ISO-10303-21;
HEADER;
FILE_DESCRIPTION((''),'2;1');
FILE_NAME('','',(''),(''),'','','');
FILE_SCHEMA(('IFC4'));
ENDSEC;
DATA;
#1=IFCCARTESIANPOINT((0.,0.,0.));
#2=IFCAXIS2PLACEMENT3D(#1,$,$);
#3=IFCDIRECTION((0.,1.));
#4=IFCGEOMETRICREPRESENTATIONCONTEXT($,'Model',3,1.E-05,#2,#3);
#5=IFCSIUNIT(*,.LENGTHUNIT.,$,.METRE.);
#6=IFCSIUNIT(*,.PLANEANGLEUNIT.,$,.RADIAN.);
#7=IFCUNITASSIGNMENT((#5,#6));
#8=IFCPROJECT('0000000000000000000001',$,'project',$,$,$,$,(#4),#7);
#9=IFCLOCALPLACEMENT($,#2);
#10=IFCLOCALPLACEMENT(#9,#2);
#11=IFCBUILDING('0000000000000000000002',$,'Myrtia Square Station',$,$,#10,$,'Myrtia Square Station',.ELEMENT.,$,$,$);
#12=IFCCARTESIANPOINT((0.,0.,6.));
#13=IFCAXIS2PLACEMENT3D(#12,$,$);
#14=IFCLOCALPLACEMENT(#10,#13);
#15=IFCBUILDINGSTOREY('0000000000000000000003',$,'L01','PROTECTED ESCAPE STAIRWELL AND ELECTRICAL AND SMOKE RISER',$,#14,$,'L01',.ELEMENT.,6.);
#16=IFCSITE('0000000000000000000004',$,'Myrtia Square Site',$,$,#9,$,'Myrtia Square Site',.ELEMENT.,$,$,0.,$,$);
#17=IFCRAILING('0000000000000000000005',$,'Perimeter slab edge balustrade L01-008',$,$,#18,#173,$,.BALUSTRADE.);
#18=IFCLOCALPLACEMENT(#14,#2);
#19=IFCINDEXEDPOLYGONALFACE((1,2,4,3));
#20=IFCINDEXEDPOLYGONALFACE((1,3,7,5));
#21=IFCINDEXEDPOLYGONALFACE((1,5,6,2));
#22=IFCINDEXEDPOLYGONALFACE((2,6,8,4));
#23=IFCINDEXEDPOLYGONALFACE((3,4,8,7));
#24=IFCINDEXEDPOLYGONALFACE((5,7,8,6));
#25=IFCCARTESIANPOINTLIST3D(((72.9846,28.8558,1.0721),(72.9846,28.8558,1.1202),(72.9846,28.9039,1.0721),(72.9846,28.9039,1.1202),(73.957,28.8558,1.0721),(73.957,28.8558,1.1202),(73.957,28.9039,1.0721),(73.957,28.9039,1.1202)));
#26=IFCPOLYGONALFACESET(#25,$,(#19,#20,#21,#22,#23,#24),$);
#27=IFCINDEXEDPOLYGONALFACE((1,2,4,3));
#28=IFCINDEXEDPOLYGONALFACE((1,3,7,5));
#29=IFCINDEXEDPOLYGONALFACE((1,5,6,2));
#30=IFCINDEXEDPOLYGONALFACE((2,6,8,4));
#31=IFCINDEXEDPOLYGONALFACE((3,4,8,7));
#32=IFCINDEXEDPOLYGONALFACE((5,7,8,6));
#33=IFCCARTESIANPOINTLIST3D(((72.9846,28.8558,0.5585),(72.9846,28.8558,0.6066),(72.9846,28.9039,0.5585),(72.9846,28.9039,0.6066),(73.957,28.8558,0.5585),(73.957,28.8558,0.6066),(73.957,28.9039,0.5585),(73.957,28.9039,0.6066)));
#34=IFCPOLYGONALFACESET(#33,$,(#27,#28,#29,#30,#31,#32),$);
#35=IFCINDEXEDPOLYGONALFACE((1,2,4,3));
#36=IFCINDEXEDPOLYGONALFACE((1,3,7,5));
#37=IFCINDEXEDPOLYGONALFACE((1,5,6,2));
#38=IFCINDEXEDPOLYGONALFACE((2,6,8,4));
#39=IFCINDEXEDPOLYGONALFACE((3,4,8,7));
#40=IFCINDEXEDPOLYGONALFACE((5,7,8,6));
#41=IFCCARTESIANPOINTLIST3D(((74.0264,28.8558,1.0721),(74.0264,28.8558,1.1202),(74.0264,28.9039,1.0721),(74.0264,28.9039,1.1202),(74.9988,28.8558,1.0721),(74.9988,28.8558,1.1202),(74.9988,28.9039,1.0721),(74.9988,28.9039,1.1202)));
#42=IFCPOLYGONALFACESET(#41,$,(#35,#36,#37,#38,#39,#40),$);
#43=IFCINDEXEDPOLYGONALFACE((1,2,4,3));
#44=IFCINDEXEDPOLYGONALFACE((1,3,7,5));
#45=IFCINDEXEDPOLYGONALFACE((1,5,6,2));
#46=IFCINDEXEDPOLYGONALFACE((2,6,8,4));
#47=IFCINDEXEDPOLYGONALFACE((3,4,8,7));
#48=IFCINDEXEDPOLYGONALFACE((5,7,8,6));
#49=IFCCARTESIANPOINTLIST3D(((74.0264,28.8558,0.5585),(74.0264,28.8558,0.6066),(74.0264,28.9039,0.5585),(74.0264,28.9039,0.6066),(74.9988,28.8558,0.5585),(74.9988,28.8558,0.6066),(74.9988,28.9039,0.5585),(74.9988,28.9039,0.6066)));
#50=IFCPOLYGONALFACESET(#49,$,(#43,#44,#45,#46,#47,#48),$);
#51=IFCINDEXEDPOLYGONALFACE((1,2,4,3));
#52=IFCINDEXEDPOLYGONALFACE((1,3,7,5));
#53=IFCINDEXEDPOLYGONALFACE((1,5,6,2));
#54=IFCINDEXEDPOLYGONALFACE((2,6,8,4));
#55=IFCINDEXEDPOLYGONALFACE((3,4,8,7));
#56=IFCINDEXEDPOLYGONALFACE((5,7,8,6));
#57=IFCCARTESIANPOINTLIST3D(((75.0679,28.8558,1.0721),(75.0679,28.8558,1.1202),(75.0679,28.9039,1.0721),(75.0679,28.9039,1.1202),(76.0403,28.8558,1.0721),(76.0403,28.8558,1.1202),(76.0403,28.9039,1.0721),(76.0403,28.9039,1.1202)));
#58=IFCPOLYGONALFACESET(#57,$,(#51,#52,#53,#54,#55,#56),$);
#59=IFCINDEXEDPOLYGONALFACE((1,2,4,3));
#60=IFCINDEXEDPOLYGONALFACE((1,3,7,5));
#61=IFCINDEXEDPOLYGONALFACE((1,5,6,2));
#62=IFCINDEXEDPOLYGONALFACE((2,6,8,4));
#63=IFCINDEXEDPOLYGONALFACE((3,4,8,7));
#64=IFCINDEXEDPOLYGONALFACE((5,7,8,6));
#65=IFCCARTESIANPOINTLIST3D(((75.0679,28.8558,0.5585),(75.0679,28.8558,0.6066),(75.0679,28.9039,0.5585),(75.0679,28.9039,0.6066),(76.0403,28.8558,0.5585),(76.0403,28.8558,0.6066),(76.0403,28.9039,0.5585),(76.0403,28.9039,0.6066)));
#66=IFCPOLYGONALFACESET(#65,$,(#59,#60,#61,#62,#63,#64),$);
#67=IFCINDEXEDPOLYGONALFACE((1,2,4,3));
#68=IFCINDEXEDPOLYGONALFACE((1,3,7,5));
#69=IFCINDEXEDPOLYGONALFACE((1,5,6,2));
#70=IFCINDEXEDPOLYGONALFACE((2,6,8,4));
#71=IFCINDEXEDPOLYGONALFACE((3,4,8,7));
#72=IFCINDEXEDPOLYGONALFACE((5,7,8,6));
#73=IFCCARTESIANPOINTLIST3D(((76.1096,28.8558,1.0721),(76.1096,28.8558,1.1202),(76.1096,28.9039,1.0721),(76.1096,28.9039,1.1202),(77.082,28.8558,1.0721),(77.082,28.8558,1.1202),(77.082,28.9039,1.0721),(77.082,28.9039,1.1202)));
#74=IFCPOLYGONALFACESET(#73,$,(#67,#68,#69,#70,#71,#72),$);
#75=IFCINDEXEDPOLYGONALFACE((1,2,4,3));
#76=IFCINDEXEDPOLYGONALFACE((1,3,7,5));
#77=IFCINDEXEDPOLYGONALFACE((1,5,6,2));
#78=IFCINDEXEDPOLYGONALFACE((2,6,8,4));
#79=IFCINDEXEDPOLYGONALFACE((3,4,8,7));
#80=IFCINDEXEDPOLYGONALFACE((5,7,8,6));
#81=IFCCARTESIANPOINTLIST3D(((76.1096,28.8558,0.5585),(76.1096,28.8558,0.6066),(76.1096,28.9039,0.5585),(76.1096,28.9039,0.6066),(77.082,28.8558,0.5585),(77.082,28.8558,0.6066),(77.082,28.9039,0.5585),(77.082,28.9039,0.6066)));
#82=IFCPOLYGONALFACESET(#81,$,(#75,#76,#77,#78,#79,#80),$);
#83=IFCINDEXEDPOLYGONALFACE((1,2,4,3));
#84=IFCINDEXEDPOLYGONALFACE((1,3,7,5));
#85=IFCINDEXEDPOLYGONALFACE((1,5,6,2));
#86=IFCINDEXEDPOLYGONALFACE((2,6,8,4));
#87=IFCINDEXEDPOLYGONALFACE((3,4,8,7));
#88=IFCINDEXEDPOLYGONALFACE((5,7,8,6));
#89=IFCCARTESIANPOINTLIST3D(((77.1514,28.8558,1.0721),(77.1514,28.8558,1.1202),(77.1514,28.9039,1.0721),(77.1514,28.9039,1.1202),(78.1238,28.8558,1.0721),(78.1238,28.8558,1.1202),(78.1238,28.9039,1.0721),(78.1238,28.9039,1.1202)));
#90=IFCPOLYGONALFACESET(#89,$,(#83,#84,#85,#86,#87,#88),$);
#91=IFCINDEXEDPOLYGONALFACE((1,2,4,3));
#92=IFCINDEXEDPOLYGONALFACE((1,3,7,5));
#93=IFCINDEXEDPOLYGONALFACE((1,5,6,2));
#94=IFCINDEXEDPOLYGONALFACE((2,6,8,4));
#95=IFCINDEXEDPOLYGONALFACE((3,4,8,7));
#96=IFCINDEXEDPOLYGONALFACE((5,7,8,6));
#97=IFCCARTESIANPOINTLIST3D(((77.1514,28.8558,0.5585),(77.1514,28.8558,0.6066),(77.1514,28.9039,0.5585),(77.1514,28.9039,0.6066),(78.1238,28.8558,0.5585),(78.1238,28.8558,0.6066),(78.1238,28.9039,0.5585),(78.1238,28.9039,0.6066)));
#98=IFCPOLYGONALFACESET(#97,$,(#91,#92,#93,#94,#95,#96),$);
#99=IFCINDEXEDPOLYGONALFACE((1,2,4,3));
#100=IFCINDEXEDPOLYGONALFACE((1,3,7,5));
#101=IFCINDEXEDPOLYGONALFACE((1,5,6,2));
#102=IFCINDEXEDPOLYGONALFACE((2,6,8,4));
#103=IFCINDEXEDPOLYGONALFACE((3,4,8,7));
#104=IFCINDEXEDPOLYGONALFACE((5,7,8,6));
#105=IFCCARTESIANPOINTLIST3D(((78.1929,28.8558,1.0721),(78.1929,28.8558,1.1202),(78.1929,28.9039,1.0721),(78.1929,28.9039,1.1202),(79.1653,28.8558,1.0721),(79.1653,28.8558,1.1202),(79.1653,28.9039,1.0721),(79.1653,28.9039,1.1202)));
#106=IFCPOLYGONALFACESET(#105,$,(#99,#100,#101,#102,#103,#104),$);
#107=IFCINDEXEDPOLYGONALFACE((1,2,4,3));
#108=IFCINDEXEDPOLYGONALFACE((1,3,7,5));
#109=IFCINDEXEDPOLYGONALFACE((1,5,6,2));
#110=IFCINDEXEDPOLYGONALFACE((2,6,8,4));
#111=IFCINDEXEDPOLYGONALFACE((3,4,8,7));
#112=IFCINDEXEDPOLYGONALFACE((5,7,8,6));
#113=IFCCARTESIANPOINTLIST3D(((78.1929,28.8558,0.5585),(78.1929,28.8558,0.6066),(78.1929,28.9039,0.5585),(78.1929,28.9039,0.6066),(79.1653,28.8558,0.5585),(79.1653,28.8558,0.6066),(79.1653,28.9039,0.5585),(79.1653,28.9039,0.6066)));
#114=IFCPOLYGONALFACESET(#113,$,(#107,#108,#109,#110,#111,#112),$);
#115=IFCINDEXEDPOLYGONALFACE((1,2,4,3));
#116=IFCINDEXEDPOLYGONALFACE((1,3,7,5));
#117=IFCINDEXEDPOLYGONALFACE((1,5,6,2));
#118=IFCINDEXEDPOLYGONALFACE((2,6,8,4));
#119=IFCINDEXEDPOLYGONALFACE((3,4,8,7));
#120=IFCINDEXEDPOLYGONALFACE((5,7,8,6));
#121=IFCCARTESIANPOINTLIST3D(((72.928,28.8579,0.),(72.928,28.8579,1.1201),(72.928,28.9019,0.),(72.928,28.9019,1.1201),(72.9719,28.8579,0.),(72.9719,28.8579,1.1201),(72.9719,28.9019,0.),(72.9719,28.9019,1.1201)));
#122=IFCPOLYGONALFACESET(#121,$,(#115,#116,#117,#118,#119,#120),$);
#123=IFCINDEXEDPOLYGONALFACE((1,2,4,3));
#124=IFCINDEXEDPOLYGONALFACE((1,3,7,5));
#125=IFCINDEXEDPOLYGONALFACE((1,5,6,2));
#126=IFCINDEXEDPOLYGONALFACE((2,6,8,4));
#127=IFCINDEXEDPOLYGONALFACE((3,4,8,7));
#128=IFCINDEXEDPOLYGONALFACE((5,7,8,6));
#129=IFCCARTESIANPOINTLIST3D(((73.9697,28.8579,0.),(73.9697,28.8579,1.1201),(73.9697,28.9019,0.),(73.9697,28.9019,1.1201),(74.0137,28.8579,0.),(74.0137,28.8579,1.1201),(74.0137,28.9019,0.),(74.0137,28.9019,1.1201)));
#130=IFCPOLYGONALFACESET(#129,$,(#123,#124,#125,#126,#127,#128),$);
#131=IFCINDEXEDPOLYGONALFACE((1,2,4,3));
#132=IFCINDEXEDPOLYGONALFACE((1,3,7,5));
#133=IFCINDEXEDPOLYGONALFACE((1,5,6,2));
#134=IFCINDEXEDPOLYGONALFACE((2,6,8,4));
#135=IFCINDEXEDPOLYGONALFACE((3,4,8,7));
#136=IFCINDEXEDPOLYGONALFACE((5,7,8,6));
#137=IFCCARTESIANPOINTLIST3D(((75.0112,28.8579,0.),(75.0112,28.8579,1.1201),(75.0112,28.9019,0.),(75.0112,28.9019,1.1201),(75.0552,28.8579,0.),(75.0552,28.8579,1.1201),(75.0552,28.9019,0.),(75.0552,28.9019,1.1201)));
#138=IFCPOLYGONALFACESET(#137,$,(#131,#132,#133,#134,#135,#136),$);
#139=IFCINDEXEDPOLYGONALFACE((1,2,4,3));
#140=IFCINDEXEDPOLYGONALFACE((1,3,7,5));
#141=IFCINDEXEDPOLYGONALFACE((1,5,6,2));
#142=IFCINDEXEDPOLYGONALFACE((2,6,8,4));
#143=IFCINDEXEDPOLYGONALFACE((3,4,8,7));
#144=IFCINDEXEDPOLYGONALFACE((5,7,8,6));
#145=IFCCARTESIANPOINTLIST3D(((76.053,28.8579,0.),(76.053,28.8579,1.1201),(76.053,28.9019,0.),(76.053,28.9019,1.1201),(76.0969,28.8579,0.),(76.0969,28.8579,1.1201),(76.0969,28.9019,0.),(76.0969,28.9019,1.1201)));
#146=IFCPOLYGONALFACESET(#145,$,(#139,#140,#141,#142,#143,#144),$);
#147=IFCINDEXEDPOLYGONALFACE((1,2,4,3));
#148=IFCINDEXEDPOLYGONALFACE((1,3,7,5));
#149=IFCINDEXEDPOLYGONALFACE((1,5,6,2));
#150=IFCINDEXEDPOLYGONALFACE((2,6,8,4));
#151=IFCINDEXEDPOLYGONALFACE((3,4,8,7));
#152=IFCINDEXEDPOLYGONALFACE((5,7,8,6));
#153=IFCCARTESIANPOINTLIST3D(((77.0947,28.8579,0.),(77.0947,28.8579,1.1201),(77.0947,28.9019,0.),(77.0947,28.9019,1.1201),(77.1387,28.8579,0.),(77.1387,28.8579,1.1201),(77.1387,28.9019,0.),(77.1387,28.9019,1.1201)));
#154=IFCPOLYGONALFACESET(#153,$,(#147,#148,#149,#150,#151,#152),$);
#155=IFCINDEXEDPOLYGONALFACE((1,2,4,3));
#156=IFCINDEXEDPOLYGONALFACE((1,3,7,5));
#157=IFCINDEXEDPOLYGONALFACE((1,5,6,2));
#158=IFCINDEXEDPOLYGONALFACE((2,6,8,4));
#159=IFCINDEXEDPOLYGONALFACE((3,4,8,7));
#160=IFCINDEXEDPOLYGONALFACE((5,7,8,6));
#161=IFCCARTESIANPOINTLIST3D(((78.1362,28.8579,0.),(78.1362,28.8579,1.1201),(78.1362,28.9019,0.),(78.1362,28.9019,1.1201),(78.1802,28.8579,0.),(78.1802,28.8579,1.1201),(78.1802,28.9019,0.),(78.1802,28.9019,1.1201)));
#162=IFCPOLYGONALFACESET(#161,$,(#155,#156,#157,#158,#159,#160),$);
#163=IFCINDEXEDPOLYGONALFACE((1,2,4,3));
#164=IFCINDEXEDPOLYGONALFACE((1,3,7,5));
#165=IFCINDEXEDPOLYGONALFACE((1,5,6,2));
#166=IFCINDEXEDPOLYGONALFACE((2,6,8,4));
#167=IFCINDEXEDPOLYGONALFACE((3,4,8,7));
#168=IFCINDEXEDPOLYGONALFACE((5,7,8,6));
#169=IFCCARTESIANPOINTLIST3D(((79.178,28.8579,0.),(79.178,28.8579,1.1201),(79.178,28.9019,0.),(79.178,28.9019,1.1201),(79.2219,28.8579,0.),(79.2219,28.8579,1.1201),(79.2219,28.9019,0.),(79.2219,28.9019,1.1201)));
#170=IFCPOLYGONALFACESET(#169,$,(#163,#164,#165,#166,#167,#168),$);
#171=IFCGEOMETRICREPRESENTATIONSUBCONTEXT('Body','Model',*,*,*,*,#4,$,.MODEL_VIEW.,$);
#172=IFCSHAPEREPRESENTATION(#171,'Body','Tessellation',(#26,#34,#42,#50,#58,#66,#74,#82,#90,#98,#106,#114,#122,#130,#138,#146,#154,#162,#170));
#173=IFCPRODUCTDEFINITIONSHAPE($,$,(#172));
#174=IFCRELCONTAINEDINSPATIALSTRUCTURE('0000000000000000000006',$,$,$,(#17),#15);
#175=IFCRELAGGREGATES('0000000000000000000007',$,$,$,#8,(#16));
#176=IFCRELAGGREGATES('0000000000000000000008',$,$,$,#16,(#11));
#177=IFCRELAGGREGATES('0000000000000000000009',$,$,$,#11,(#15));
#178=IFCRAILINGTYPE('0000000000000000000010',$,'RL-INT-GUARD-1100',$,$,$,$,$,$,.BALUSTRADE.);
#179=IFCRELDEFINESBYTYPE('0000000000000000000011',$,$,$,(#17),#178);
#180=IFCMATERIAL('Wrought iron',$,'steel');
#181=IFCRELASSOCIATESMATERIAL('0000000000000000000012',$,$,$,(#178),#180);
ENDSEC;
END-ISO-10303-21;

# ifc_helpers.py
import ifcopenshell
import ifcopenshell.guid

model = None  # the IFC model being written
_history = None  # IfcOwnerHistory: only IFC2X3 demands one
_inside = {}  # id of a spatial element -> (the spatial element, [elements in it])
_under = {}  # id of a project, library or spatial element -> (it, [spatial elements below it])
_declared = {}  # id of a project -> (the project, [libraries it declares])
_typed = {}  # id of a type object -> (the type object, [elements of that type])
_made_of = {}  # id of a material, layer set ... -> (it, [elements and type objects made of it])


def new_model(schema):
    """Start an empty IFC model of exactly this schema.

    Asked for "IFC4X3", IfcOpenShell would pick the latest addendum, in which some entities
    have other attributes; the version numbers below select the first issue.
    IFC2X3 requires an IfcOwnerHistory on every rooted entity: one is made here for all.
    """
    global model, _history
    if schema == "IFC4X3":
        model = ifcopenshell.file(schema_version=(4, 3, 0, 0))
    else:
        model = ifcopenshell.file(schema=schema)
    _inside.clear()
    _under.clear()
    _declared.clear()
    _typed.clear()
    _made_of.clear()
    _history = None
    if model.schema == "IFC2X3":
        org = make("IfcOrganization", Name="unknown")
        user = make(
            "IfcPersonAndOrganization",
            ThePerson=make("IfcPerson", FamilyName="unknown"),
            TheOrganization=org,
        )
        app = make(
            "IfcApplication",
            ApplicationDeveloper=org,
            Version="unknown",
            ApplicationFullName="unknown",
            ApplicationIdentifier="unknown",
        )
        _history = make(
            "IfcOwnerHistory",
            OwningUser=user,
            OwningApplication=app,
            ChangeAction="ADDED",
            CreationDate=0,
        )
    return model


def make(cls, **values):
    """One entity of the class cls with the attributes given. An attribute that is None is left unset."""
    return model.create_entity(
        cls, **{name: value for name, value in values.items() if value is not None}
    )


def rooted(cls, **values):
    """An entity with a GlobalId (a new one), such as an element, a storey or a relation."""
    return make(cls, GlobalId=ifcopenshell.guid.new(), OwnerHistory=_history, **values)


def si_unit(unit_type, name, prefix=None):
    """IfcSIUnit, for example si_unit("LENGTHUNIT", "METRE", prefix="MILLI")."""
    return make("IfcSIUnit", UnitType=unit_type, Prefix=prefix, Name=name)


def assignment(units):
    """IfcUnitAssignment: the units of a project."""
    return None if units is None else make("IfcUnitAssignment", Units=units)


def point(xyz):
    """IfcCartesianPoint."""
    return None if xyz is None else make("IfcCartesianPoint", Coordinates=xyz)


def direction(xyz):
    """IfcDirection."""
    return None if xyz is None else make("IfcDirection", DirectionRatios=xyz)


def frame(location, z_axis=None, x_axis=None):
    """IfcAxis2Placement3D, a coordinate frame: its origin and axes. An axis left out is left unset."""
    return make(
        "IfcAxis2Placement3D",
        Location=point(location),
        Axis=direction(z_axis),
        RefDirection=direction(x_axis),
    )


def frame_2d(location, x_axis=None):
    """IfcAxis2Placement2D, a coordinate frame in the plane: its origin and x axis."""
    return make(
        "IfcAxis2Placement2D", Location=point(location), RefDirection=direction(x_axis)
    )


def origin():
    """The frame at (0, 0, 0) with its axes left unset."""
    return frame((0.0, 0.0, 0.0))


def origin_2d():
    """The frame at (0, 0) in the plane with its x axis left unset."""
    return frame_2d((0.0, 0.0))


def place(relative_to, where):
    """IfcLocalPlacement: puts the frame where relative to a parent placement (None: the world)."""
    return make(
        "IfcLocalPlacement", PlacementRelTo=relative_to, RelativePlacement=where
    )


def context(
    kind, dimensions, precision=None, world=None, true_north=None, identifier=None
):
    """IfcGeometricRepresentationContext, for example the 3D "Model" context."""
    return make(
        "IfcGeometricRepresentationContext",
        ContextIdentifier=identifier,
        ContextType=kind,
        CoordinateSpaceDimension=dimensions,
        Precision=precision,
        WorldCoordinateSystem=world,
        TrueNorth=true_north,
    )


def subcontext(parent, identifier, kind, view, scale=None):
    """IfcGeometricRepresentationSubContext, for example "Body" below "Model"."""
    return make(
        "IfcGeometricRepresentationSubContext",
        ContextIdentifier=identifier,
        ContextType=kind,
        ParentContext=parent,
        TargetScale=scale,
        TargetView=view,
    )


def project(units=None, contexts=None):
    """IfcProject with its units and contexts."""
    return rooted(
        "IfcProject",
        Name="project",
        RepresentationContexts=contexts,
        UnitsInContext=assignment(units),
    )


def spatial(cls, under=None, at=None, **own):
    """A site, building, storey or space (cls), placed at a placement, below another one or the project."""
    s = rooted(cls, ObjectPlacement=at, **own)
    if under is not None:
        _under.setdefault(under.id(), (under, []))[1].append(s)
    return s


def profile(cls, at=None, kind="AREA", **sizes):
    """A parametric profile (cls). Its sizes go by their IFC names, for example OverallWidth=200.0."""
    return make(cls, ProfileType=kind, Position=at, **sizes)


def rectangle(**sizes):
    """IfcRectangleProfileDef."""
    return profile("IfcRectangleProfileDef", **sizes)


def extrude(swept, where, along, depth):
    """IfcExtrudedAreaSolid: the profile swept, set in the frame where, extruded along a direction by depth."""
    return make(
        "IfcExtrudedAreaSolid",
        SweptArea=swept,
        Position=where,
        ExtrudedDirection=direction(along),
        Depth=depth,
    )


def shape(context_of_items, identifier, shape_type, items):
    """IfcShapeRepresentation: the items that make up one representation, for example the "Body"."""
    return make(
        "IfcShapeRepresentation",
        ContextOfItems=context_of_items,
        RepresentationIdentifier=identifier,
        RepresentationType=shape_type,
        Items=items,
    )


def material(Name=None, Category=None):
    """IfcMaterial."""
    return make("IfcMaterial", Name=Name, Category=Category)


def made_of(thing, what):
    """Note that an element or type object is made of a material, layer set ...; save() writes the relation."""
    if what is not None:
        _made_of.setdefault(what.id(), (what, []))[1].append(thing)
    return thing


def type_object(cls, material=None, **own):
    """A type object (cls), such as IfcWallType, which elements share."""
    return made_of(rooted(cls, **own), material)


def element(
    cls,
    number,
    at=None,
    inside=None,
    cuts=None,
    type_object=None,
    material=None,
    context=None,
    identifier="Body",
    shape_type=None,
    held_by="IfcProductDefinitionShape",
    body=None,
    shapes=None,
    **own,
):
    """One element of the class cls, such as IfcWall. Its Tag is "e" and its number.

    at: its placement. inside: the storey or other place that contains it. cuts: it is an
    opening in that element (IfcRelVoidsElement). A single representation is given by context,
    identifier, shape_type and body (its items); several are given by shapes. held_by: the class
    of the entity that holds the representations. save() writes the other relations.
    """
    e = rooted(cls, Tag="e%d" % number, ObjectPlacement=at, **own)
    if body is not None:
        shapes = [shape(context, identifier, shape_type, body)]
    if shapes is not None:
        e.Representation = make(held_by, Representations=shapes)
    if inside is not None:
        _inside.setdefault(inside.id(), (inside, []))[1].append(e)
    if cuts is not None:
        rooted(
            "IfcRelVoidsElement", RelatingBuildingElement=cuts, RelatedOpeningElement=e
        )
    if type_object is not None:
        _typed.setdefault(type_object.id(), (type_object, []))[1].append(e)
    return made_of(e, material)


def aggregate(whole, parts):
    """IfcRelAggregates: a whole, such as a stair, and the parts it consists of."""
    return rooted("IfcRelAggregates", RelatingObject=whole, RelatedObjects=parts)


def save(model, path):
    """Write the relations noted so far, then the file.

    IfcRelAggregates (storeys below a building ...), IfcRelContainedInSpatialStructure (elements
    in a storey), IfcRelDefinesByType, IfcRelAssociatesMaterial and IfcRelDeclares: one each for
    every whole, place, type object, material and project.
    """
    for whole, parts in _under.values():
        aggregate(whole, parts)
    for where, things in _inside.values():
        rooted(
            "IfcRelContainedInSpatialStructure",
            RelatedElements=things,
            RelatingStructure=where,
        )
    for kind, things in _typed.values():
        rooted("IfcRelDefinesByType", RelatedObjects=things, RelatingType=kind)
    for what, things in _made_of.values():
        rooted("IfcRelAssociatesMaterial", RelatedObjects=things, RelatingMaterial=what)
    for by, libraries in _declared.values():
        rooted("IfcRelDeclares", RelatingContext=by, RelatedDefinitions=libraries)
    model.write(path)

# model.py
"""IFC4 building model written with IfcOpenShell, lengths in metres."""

from ifc_helpers import new_model, si_unit, direction, frame, origin, origin_2d, place, context, subcontext, project, spatial, rectangle, extrude, material, type_object, element, save


model = new_model("IFC4")

# Units and contexts
model_context = context("Model", 3, precision=1e-05, world=origin(), true_north=direction((0.0, 1.0)))
body_context = subcontext(model_context, "Body", "Model", "MODEL_VIEW")
ifc_project = project(units=[si_unit("LENGTHUNIT", "METRE"), si_unit("PLANEANGLEUNIT", "RADIAN")], contexts=[model_context])

# Site, building, storey
site_placement = place(None, origin())
site = spatial("IfcSite", under=ifc_project, at=site_placement, Name="Myrtia Square Site", LongName="Myrtia Square Site", CompositionType="ELEMENT", RefElevation=0.0)
building_placement = place(site_placement, origin())
building = spatial("IfcBuilding", under=site, at=building_placement, Name="Myrtia Square Station", LongName="Myrtia Square Station", CompositionType="ELEMENT")
storey_placement = place(building_placement, frame((0.0, 0.0, 6.0)))
storey = spatial("IfcBuildingStorey", under=building, at=storey_placement, Name="L01", Description="PROTECTED ESCAPE STAIRWELL AND ELECTRICAL AND SMOKE RISER", LongName="L01", CompositionType="ELEMENT", Elevation=6.0)

# Railing
ifc_material_1 = material(Name="Wrought iron", Category="steel")
railing_type = type_object("IfcRailingType", Name="RL-INT-GUARD-1100", PredefinedType="BALUSTRADE", material=ifc_material_1)
railing_1_placement = place(storey_placement, frame((72.95, 28.8799, 0.0)))
element("IfcRailing", 1, at=railing_1_placement, inside=storey, type_object=railing_type, Name="Perimeter slab edge balustrade L01-008", PredefinedType="BALUSTRADE", context=body_context, shape_type="SweptSolid", body=[
    extrude(rectangle(XDim=0.0481, YDim=0.0481, at=origin_2d()), frame((0.0347, 0.0, 1.0962), z_axis=(1.0, 0.0, 0.0), x_axis=(0.0, 1.0, 0.0)), (0.0, 0.0, 1.0), 0.9724),
    extrude(rectangle(XDim=0.0481, YDim=0.0481, at=origin_2d()), frame((0.0347, 0.0, 0.5825), z_axis=(1.0, 0.0, 0.0), x_axis=(0.0, 1.0, 0.0)), (0.0, 0.0, 1.0), 0.9724),
    extrude(rectangle(XDim=0.0481, YDim=0.0481, at=origin_2d()), frame((1.0764, 0.0, 1.0962), z_axis=(1.0, 0.0, 0.0), x_axis=(0.0, 1.0, 0.0)), (0.0, 0.0, 1.0), 0.9724),
    extrude(rectangle(XDim=0.0481, YDim=0.0481, at=origin_2d()), frame((1.0764, 0.0, 0.5825), z_axis=(1.0, 0.0, 0.0), x_axis=(0.0, 1.0, 0.0)), (0.0, 0.0, 1.0), 0.9724),
    extrude(rectangle(XDim=0.0481, YDim=0.0481, at=origin_2d()), frame((2.1179, 0.0, 1.0962), z_axis=(1.0, 0.0, 0.0), x_axis=(0.0, 1.0, 0.0)), (0.0, 0.0, 1.0), 0.9724),
    extrude(rectangle(XDim=0.0481, YDim=0.0481, at=origin_2d()), frame((2.1179, 0.0, 0.5825), z_axis=(1.0, 0.0, 0.0), x_axis=(0.0, 1.0, 0.0)), (0.0, 0.0, 1.0), 0.9724),
    extrude(rectangle(XDim=0.0481, YDim=0.0481, at=origin_2d()), frame((3.1597, 0.0, 1.0962), z_axis=(1.0, 0.0, 0.0), x_axis=(0.0, 1.0, 0.0)), (0.0, 0.0, 1.0), 0.9724),
    extrude(rectangle(XDim=0.0481, YDim=0.0481, at=origin_2d()), frame((3.1597, 0.0, 0.5825), z_axis=(1.0, 0.0, 0.0), x_axis=(0.0, 1.0, 0.0)), (0.0, 0.0, 1.0), 0.9724),
    extrude(rectangle(XDim=0.0481, YDim=0.0481, at=origin_2d()), frame((4.2014, 0.0, 1.0962), z_axis=(1.0, 0.0, 0.0), x_axis=(0.0, 1.0, 0.0)), (0.0, 0.0, 1.0), 0.9724),
    extrude(rectangle(XDim=0.0481, YDim=0.0481, at=origin_2d()), frame((4.2014, 0.0, 0.5825), z_axis=(1.0, 0.0, 0.0), x_axis=(0.0, 1.0, 0.0)), (0.0, 0.0, 1.0), 0.9724),
    extrude(rectangle(XDim=0.0481, YDim=0.0481, at=origin_2d()), frame((5.2429, 0.0, 1.0962), z_axis=(1.0, 0.0, 0.0), x_axis=(0.0, 1.0, 0.0)), (0.0, 0.0, 1.0), 0.9724),
    extrude(rectangle(XDim=0.0481, YDim=0.0481, at=origin_2d()), frame((5.2429, 0.0, 0.5825), z_axis=(1.0, 0.0, 0.0), x_axis=(0.0, 1.0, 0.0)), (0.0, 0.0, 1.0), 0.9724),
    extrude(rectangle(XDim=0.0439, YDim=0.0439, at=origin_2d()), origin(), (0.0, 0.0, 1.0), 1.1201),
    extrude(rectangle(XDim=0.0439, YDim=0.0439, at=origin_2d()), frame((1.0417, 0.0, 0.0)), (0.0, 0.0, 1.0), 1.1201),
    extrude(rectangle(XDim=0.0439, YDim=0.0439, at=origin_2d()), frame((2.0833, 0.0, 0.0)), (0.0, 0.0, 1.0), 1.1201),
    extrude(rectangle(XDim=0.0439, YDim=0.0439, at=origin_2d()), frame((3.125, 0.0, 0.0)), (0.0, 0.0, 1.0), 1.1201),
    extrude(rectangle(XDim=0.0439, YDim=0.0439, at=origin_2d()), frame((4.1667, 0.0, 0.0)), (0.0, 0.0, 1.0), 1.1201),
    extrude(rectangle(XDim=0.0439, YDim=0.0439, at=origin_2d()), frame((5.2083, 0.0, 0.0)), (0.0, 0.0, 1.0), 1.1201),
    extrude(rectangle(XDim=0.0439, YDim=0.0439, at=origin_2d()), frame((6.25, 0.0, 0.0)), (0.0, 0.0, 1.0), 1.1201),
])

save(model, "model.ifc")
